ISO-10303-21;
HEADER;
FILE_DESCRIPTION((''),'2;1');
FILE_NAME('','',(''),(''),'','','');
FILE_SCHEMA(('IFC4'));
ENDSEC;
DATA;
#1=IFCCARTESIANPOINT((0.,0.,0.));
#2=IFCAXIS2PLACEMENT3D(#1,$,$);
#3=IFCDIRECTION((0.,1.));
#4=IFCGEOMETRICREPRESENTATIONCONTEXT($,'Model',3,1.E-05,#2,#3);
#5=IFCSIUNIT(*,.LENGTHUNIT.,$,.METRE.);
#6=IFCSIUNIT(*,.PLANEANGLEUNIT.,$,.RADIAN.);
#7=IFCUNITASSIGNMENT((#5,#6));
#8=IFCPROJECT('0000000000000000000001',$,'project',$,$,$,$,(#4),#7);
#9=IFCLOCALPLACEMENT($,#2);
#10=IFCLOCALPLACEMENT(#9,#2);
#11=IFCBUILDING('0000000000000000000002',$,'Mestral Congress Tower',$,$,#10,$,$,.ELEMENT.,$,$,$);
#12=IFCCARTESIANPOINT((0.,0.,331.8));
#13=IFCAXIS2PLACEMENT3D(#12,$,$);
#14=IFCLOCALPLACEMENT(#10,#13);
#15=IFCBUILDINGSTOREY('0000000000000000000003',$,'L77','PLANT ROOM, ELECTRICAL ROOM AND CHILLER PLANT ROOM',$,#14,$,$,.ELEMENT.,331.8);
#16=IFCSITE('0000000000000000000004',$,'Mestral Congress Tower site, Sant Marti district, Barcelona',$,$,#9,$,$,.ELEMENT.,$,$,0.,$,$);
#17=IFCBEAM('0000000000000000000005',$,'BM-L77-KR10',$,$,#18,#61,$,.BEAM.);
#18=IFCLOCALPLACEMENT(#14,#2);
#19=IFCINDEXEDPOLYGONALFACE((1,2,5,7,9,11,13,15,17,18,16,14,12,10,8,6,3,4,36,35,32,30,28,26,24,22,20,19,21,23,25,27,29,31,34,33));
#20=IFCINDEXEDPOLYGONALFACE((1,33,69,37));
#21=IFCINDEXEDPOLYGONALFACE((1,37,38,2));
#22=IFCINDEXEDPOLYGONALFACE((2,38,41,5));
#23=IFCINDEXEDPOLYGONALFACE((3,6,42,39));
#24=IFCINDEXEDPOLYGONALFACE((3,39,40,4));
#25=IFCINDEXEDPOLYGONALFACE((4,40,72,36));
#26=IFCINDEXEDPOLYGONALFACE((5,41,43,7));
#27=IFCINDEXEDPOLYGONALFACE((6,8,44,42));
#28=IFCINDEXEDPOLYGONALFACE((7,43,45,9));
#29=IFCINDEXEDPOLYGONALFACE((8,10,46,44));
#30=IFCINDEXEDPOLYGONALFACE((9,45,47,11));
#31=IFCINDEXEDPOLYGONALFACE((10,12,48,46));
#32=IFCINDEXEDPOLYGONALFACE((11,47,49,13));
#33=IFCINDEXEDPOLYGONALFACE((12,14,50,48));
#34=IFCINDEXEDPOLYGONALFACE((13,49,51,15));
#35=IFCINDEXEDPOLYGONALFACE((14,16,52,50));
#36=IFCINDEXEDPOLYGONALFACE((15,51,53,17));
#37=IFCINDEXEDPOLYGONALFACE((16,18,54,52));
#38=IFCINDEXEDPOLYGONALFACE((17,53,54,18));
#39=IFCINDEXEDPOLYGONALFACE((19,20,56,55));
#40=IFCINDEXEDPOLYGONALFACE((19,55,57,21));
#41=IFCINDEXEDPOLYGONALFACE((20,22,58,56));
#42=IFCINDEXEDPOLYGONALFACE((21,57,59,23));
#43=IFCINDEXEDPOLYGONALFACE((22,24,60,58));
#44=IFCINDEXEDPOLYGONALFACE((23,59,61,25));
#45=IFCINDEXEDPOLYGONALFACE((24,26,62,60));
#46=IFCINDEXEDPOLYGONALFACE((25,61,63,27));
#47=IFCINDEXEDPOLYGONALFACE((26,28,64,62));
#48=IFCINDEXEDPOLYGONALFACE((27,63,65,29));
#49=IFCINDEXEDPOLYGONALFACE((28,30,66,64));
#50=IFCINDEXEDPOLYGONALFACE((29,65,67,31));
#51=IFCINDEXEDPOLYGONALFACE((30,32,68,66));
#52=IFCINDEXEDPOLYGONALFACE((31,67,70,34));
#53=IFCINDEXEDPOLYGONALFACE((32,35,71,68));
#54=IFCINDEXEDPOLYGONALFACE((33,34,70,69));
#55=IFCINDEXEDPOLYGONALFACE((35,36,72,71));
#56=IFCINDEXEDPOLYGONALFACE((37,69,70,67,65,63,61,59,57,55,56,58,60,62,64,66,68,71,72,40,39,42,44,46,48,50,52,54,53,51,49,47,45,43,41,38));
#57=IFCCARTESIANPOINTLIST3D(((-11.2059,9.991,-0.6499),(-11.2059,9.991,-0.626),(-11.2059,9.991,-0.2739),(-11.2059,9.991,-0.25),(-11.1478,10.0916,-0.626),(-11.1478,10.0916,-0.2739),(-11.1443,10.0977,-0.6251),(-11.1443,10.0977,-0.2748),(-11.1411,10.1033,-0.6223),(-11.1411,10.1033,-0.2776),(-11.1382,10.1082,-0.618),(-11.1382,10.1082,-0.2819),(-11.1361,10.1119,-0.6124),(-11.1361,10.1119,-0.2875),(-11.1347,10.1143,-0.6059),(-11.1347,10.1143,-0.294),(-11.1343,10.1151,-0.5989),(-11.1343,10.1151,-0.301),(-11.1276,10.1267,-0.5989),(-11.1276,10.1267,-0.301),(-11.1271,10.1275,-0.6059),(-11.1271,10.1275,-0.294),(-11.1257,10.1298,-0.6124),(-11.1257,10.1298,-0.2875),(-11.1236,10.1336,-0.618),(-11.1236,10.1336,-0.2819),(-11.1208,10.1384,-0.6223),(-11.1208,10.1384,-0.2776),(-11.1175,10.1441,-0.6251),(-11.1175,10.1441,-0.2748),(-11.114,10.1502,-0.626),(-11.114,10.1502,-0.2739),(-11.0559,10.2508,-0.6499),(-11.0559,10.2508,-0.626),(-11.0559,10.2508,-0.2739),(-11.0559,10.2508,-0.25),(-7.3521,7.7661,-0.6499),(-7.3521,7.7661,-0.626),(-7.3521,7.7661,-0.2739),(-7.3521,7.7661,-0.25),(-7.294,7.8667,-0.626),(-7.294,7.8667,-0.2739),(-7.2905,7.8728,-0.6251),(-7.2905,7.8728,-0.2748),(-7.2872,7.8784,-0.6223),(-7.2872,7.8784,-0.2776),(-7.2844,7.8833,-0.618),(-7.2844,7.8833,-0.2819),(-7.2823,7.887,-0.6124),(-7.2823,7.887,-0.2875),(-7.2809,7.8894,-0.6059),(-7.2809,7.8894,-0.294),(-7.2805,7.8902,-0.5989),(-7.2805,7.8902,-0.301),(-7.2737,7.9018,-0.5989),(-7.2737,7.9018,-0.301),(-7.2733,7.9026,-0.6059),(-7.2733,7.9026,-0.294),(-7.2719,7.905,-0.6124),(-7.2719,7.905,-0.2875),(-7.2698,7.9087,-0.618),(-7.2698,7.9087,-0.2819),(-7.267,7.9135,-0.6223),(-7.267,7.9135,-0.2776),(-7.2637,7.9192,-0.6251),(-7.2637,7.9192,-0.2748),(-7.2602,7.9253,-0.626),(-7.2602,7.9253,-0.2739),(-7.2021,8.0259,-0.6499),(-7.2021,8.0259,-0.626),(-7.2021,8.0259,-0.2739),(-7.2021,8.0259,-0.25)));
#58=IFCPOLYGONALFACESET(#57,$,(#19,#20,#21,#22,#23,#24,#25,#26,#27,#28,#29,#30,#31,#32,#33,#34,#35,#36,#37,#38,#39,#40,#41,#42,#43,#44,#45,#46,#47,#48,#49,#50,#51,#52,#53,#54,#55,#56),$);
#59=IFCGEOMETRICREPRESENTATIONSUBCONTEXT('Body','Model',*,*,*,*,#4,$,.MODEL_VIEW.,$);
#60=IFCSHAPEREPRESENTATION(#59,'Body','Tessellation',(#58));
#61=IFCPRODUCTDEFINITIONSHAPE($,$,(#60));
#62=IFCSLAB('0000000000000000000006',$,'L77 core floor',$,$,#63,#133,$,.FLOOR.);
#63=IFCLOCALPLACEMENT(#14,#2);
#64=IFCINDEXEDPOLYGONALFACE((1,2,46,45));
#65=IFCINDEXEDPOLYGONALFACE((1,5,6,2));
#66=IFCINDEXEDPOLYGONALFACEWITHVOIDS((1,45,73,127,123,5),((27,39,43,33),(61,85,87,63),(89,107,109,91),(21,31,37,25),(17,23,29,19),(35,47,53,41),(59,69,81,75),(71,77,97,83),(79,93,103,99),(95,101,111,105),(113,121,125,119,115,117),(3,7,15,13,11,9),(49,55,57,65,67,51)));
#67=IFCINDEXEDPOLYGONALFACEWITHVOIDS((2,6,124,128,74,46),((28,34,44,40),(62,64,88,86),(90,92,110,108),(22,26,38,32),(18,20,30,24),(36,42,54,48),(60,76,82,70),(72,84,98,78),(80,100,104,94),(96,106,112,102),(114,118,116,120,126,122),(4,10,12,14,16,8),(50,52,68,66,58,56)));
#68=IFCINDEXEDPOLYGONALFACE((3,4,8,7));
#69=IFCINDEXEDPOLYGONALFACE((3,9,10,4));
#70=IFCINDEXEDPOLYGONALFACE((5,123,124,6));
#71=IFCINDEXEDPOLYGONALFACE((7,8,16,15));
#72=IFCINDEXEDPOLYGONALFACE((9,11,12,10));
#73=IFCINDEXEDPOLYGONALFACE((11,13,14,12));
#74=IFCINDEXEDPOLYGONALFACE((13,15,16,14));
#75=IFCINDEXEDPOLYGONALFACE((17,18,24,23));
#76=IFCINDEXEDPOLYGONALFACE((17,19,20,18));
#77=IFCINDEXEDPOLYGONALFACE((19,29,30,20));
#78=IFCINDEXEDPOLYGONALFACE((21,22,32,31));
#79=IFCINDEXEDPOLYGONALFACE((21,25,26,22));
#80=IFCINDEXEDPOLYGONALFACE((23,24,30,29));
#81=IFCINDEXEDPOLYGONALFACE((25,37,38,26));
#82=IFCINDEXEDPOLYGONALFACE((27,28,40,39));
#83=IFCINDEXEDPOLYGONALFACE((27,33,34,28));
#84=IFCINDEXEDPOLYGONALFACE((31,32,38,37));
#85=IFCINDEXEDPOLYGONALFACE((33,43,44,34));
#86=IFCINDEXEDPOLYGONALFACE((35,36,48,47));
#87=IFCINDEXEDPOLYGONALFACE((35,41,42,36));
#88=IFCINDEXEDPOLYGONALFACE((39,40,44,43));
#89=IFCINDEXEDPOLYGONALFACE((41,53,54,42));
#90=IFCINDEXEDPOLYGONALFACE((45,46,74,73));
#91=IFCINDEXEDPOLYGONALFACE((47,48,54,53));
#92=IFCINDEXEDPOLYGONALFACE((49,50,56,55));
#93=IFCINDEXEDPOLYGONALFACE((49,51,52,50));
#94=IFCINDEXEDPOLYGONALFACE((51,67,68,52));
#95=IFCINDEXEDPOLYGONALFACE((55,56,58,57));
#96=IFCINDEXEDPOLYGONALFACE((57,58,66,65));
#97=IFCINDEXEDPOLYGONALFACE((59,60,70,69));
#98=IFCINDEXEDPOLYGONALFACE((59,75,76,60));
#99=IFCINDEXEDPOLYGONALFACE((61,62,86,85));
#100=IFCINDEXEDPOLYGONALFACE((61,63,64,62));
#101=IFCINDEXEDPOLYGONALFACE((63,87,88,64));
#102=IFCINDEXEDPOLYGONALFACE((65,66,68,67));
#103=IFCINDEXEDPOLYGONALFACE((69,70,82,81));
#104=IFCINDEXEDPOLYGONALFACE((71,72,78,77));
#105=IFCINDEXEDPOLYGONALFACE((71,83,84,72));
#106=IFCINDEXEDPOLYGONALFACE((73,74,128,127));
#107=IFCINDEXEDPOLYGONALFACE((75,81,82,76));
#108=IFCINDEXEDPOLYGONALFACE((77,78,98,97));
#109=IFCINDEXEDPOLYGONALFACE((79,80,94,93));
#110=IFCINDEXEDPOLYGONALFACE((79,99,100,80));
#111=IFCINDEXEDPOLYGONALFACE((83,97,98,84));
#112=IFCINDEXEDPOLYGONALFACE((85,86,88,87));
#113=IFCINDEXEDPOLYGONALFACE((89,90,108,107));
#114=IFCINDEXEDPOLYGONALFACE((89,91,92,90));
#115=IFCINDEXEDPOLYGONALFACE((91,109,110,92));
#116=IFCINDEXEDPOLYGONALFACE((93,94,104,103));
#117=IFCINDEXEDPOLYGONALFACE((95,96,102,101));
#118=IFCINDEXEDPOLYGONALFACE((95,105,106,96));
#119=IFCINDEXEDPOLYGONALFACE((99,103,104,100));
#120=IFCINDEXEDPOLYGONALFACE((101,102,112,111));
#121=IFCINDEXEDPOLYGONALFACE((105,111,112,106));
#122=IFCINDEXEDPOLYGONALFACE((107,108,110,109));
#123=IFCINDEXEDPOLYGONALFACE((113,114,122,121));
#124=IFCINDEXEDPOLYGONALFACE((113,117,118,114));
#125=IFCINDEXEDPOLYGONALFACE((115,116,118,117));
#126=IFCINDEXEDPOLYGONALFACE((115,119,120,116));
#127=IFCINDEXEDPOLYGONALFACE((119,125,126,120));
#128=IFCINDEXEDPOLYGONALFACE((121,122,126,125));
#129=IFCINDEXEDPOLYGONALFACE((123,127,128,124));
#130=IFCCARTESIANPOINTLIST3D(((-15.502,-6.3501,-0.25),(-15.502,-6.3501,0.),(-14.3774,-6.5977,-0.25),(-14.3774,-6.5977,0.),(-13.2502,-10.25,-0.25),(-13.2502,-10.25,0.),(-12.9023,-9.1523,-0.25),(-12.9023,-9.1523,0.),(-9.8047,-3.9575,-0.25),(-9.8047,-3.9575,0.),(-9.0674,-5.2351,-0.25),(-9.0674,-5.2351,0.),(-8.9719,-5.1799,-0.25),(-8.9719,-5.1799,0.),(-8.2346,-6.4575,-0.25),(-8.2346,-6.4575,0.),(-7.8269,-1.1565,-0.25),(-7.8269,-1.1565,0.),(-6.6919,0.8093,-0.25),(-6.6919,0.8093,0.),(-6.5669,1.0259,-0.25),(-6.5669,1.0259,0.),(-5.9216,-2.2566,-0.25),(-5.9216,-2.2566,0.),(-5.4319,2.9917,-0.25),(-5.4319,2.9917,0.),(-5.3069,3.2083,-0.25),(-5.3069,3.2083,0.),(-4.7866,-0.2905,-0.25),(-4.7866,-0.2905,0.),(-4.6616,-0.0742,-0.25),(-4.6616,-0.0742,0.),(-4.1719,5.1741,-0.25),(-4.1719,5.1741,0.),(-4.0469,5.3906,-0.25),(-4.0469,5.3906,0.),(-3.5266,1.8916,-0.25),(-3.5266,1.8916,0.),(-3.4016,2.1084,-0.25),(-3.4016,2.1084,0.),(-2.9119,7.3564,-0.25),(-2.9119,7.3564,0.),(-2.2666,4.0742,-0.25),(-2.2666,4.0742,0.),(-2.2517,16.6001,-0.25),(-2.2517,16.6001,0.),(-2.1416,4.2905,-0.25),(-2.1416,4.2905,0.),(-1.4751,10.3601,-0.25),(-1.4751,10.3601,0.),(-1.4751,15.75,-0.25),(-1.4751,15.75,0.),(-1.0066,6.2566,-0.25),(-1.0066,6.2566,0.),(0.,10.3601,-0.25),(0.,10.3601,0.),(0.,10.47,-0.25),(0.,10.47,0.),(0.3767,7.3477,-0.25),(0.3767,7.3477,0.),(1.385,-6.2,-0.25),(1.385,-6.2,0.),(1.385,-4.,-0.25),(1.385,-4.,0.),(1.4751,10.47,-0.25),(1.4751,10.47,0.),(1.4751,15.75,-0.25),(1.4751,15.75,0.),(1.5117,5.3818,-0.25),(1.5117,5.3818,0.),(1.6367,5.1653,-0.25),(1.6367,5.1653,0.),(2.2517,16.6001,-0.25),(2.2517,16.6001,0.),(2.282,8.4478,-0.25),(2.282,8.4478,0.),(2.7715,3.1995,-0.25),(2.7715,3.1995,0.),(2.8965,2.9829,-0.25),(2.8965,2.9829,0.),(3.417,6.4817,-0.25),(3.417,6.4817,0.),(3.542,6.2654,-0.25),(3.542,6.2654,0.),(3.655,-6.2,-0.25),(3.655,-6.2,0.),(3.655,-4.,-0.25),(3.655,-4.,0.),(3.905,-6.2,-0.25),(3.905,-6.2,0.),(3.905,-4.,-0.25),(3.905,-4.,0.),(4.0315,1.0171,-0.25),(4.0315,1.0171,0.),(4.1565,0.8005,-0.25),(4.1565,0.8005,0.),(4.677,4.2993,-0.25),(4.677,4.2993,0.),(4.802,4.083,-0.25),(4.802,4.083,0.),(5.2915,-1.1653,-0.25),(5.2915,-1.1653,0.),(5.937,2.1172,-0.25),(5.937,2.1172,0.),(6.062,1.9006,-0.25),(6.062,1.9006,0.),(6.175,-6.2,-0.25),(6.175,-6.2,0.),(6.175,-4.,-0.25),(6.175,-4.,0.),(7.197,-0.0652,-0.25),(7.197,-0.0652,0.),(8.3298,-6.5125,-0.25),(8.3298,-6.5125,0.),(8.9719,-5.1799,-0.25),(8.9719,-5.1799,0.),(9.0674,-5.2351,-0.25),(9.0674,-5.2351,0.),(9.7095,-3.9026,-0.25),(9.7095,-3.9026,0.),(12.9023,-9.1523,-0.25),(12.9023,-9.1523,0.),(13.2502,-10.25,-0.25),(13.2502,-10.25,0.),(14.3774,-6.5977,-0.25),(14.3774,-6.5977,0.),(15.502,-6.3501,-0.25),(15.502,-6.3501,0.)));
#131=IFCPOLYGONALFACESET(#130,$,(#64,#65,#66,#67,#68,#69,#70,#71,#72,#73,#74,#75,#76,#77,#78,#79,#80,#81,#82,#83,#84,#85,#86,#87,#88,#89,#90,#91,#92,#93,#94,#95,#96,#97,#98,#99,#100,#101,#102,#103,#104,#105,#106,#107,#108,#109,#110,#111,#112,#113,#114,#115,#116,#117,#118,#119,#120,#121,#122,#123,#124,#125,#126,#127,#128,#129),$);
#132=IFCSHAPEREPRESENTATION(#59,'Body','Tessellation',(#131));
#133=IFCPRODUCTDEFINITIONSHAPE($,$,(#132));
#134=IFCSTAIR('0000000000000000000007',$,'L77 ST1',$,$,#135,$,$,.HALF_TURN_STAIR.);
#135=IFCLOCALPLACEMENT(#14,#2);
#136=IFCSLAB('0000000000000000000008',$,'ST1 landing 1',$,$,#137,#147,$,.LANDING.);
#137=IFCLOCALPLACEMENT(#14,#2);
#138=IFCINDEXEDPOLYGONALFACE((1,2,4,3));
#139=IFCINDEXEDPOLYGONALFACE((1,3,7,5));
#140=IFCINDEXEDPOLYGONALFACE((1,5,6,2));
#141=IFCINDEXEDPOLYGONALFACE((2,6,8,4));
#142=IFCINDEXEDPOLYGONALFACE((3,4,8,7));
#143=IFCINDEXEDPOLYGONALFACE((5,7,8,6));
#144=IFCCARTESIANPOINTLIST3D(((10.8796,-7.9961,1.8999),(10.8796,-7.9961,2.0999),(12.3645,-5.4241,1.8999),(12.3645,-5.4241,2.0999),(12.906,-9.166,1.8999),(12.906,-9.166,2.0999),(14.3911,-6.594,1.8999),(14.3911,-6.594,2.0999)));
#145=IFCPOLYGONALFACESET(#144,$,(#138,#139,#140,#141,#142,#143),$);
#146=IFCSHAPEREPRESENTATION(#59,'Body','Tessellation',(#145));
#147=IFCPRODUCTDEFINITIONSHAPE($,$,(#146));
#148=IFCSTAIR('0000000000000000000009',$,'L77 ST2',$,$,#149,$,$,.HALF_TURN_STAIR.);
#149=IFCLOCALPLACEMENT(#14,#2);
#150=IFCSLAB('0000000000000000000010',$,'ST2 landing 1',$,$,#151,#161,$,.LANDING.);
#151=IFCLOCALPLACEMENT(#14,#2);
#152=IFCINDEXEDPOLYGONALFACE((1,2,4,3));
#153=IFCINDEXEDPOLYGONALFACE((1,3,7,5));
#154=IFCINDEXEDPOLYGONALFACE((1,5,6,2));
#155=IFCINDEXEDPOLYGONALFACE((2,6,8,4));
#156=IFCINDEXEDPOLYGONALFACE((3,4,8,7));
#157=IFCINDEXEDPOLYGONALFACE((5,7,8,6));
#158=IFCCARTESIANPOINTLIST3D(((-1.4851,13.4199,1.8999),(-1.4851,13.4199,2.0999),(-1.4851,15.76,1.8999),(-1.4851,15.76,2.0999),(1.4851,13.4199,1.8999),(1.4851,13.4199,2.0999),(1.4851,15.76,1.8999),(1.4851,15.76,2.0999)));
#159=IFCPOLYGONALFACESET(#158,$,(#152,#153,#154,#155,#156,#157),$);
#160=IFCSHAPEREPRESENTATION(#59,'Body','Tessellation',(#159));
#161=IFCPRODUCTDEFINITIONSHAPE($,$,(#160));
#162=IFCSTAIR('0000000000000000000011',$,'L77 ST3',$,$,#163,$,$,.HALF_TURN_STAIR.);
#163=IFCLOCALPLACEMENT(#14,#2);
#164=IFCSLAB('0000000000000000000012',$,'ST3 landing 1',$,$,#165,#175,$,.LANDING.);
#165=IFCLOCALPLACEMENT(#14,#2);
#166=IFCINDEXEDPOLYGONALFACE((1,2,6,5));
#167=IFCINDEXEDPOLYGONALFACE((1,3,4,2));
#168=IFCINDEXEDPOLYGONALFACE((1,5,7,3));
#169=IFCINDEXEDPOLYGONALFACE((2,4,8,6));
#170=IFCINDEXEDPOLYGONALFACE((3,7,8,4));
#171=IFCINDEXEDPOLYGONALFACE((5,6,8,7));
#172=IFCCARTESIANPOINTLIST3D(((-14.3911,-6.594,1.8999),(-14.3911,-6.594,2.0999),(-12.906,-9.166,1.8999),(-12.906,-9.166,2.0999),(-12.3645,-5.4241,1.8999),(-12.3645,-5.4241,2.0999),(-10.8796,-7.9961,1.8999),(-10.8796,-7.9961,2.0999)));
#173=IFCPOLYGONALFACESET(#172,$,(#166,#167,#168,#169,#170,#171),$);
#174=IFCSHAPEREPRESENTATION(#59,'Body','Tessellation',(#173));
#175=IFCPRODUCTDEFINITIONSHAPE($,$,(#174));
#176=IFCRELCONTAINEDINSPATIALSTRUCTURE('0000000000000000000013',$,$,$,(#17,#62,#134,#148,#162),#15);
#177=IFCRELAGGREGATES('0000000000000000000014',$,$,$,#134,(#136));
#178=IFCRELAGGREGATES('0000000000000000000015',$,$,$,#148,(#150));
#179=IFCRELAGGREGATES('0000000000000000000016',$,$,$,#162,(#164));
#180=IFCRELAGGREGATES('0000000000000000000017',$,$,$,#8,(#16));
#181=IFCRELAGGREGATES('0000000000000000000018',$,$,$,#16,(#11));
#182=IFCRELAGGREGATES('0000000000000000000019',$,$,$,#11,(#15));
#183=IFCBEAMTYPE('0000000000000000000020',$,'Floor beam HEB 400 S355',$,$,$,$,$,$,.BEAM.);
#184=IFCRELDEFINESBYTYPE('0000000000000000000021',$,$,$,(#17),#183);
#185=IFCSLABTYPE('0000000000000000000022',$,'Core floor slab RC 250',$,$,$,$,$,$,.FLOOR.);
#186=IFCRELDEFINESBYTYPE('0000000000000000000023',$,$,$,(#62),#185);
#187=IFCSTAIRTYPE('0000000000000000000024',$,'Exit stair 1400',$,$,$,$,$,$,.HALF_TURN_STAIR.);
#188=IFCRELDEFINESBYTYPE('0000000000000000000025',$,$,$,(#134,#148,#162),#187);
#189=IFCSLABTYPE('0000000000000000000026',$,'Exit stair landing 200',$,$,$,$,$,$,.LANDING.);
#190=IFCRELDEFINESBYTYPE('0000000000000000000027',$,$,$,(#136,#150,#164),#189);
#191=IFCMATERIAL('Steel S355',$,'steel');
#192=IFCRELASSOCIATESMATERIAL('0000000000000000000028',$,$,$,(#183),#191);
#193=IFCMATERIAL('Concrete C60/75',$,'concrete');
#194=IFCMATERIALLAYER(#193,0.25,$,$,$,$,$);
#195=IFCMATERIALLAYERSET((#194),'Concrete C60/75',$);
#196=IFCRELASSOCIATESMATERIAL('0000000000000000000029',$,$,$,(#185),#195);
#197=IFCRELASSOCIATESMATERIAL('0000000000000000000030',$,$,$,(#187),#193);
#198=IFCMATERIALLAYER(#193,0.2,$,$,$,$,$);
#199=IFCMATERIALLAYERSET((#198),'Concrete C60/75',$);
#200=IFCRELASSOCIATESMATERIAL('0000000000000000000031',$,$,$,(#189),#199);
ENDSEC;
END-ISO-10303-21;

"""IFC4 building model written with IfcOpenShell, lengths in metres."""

from ifc_helpers import new_model, si_unit, direction, frame, origin, origin_2d, place, context, subcontext, project, spatial, polyline, i_section, outline, extrude, material, layer, layer_set, material_profile, profile_set, type_object, element, aggregate, save


model = new_model("IFC4")

# Units and contexts
model_context = context("Model", 3, precision=1e-05, world=origin(), true_north=direction((0.0, 1.0)))
body_context = subcontext(model_context, "Body", "Model", "MODEL_VIEW")
ifc_project = project(units=[si_unit("LENGTHUNIT", "METRE"), si_unit("PLANEANGLEUNIT", "RADIAN")], contexts=[model_context])

# Site, building, storey
site_placement = place(None, origin())
site = spatial("IfcSite", under=ifc_project, at=site_placement, Name="Mestral Congress Tower site, Sant Marti district, Barcelona", CompositionType="ELEMENT", RefElevation=0.0)
building_placement = place(site_placement, origin())
building = spatial("IfcBuilding", under=site, at=building_placement, Name="Mestral Congress Tower", CompositionType="ELEMENT")
storey_placement = place(building_placement, frame((0.0, 0.0, 331.8)))
storey = spatial("IfcBuildingStorey", under=building, at=storey_placement, Name="L77", Description="PLANT ROOM, ELECTRICAL ROOM AND CHILLER PLANT ROOM", CompositionType="ELEMENT", Elevation=331.8)

# Beam
ifc_material_1 = material(Name="Steel S355", Category="steel")
ifc_material_profile = material_profile(ifc_material_1, i_section(OverallWidth=0.3, OverallDepth=0.3999, WebThickness=0.0134, FlangeThickness=0.0239, FilletRadius=0.0271, at=origin_2d()), Name="HEB 400")
ifc_profile_set = profile_set([ifc_material_profile], Name="Steel S355")
beam_type = type_object("IfcBeamType", Name="Floor beam HEB 400 S355", PredefinedType="BEAM", material=ifc_profile_set)
beam_placement = place(storey_placement, frame((-7.2771, 7.896, -0.45), z_axis=(-0.866037, 0.49998, 0.0), x_axis=(-0.49998, -0.866037, 0.0)))
element("IfcBeam", 1, at=beam_placement, inside=storey, type_object=beam_type, Name="BM-L77-KR10", PredefinedType="BEAM", context=body_context, shape_type="SweptSolid", body=[
    extrude(i_section(OverallWidth=0.3, OverallDepth=0.3999, WebThickness=0.0134, FlangeThickness=0.0239, FilletRadius=0.0271, at=origin_2d()), origin(), (0.0, 0.0, 1.0), 4.45),
])

# Slab
ifc_material_2 = material(Name="Concrete C60/75", Category="concrete")
ifc_layer_1 = layer(ifc_material_2, 0.25)
ifc_layer_set_1 = layer_set([ifc_layer_1], Name="Concrete C60/75")
slab_type_1 = type_object("IfcSlabType", Name="Core floor slab RC 250", PredefinedType="FLOOR", material=ifc_layer_set_1)
placement_1 = place(storey_placement, frame((0.0, 0.0, -0.25)))
element("IfcSlab", 2, at=placement_1, inside=storey, type_object=slab_type_1, Name="L77 core floor", PredefinedType="FLOOR", context=body_context, shape_type="SweptSolid", body=[
    extrude(outline(polyline([(13.2502, -10.25), (-13.2502, -10.25), (-15.502, -6.3501), (-2.2517, 16.6001), (2.2517, 16.6001), (15.502, -6.3501), (13.2502, -10.25)]), holes=[polyline([(-14.3774, -6.5977), (-12.9023, -9.1523), (-8.2346, -6.4575), (-8.9719, -5.1799), (-9.0674, -5.2351), (-9.8047, -3.9575), (-14.3774, -6.5977)]), polyline([(-5.9216, -2.2566), (-4.7866, -0.2905), (-6.6919, 0.8093), (-7.8269, -1.1565), (-5.9216, -2.2566)]), polyline([(-4.6616, -0.0742), (-3.5266, 1.8916), (-5.4319, 2.9917), (-6.5669, 1.0259), (-4.6616, -0.0742)]), polyline([(-2.2666, 4.0742), (-4.1719, 5.1741), (-5.3069, 3.2083), (-3.4016, 2.1084), (-2.2666, 4.0742)]), polyline([(-2.1416, 4.2905), (-1.0066, 6.2566), (-2.9119, 7.3564), (-4.0469, 5.3906), (-2.1416, 4.2905)]), polyline([(0.3767, 7.3477), (1.5117, 5.3818), (3.417, 6.4817), (2.282, 8.4478), (0.3767, 7.3477)]), polyline([(1.4751, 15.75), (-1.4751, 15.75), (-1.4751, 10.3601), (0.0, 10.3601), (0.0, 10.47), (1.4751, 10.47), (1.4751, 15.75)]), polyline([(8.3298, -6.5125), (12.9023, -9.1523), (14.3774, -6.5977), (9.7095, -3.9026), (8.9719, -5.1799), (9.0674, -5.2351), (8.3298, -6.5125)]), polyline([(3.655, -4.0), (1.385, -4.0), (1.385, -6.2), (3.655, -6.2), (3.655, -4.0)]), polyline([(6.175, -4.0), (3.905, -4.0), (3.905, -6.2), (6.175, -6.2), (6.175, -4.0)]), polyline([(4.1565, 0.8005), (5.2915, -1.1653), (7.197, -0.0652), (6.062, 1.9006), (4.1565, 0.8005)]), polyline([(2.8965, 2.9829), (4.0315, 1.0171), (5.937, 2.1172), (4.802, 4.083), (2.8965, 2.9829)]), polyline([(1.6367, 5.1653), (2.7715, 3.1995), (4.677, 4.2993), (3.542, 6.2654), (1.6367, 5.1653)])]), origin(), (0.0, 0.0, 1.0), 0.25),
])

# Stairs, slabs
stair_type = type_object("IfcStairType", Name="Exit stair 1400", PredefinedType="HALF_TURN_STAIR", material=ifc_material_2)
placement_2 = place(storey_placement, origin())
stair_1 = element("IfcStair", 3, at=placement_2, inside=storey, type_object=stair_type, Name="L77 ST1", PredefinedType="HALF_TURN_STAIR")
ifc_layer_2 = layer(ifc_material_2, 0.2)
ifc_layer_set_2 = layer_set([ifc_layer_2], Name="Concrete C60/75")
slab_type_2 = type_object("IfcSlabType", Name="Exit stair landing 200", PredefinedType="LANDING", material=ifc_layer_set_2)
placement_3 = place(storey_placement, frame((0.0, 0.0, 1.8999)))
slab_1 = element("IfcSlab", 4, at=placement_3, type_object=slab_type_2, Name="ST1 landing 1", PredefinedType="LANDING", context=body_context, shape_type="SweptSolid", body=[
    extrude(outline(polyline([(10.8796, -7.9961), (12.3645, -5.4241), (14.3911, -6.594), (12.906, -9.166), (10.8796, -7.9961)])), origin(), (0.0, 0.0, 1.0), 0.2),
])
aggregate(stair_1, [slab_1])
stair_2 = element("IfcStair", 5, at=placement_2, inside=storey, type_object=stair_type, Name="L77 ST2", PredefinedType="HALF_TURN_STAIR")
slab_2 = element("IfcSlab", 6, at=placement_3, type_object=slab_type_2, Name="ST2 landing 1", PredefinedType="LANDING", context=body_context, shape_type="SweptSolid", body=[
    extrude(outline(polyline([(1.4851, 13.4199), (-1.4851, 13.4199), (-1.4851, 15.76), (1.4851, 15.76), (1.4851, 13.4199)])), origin(), (0.0, 0.0, 1.0), 0.2),
])
aggregate(stair_2, [slab_2])
stair_3 = element("IfcStair", 7, at=placement_2, inside=storey, type_object=stair_type, Name="L77 ST3", PredefinedType="HALF_TURN_STAIR")
slab_3 = element("IfcSlab", 8, at=placement_3, type_object=slab_type_2, Name="ST3 landing 1", PredefinedType="LANDING", context=body_context, shape_type="SweptSolid", body=[
    extrude(outline(polyline([(-12.3645, -5.4241), (-10.8796, -7.9961), (-12.906, -9.166), (-14.3911, -6.594), (-12.3645, -5.4241)])), origin(), (0.0, 0.0, 1.0), 0.2),
])
aggregate(stair_3, [slab_3])

save(model, "model.ifc")
